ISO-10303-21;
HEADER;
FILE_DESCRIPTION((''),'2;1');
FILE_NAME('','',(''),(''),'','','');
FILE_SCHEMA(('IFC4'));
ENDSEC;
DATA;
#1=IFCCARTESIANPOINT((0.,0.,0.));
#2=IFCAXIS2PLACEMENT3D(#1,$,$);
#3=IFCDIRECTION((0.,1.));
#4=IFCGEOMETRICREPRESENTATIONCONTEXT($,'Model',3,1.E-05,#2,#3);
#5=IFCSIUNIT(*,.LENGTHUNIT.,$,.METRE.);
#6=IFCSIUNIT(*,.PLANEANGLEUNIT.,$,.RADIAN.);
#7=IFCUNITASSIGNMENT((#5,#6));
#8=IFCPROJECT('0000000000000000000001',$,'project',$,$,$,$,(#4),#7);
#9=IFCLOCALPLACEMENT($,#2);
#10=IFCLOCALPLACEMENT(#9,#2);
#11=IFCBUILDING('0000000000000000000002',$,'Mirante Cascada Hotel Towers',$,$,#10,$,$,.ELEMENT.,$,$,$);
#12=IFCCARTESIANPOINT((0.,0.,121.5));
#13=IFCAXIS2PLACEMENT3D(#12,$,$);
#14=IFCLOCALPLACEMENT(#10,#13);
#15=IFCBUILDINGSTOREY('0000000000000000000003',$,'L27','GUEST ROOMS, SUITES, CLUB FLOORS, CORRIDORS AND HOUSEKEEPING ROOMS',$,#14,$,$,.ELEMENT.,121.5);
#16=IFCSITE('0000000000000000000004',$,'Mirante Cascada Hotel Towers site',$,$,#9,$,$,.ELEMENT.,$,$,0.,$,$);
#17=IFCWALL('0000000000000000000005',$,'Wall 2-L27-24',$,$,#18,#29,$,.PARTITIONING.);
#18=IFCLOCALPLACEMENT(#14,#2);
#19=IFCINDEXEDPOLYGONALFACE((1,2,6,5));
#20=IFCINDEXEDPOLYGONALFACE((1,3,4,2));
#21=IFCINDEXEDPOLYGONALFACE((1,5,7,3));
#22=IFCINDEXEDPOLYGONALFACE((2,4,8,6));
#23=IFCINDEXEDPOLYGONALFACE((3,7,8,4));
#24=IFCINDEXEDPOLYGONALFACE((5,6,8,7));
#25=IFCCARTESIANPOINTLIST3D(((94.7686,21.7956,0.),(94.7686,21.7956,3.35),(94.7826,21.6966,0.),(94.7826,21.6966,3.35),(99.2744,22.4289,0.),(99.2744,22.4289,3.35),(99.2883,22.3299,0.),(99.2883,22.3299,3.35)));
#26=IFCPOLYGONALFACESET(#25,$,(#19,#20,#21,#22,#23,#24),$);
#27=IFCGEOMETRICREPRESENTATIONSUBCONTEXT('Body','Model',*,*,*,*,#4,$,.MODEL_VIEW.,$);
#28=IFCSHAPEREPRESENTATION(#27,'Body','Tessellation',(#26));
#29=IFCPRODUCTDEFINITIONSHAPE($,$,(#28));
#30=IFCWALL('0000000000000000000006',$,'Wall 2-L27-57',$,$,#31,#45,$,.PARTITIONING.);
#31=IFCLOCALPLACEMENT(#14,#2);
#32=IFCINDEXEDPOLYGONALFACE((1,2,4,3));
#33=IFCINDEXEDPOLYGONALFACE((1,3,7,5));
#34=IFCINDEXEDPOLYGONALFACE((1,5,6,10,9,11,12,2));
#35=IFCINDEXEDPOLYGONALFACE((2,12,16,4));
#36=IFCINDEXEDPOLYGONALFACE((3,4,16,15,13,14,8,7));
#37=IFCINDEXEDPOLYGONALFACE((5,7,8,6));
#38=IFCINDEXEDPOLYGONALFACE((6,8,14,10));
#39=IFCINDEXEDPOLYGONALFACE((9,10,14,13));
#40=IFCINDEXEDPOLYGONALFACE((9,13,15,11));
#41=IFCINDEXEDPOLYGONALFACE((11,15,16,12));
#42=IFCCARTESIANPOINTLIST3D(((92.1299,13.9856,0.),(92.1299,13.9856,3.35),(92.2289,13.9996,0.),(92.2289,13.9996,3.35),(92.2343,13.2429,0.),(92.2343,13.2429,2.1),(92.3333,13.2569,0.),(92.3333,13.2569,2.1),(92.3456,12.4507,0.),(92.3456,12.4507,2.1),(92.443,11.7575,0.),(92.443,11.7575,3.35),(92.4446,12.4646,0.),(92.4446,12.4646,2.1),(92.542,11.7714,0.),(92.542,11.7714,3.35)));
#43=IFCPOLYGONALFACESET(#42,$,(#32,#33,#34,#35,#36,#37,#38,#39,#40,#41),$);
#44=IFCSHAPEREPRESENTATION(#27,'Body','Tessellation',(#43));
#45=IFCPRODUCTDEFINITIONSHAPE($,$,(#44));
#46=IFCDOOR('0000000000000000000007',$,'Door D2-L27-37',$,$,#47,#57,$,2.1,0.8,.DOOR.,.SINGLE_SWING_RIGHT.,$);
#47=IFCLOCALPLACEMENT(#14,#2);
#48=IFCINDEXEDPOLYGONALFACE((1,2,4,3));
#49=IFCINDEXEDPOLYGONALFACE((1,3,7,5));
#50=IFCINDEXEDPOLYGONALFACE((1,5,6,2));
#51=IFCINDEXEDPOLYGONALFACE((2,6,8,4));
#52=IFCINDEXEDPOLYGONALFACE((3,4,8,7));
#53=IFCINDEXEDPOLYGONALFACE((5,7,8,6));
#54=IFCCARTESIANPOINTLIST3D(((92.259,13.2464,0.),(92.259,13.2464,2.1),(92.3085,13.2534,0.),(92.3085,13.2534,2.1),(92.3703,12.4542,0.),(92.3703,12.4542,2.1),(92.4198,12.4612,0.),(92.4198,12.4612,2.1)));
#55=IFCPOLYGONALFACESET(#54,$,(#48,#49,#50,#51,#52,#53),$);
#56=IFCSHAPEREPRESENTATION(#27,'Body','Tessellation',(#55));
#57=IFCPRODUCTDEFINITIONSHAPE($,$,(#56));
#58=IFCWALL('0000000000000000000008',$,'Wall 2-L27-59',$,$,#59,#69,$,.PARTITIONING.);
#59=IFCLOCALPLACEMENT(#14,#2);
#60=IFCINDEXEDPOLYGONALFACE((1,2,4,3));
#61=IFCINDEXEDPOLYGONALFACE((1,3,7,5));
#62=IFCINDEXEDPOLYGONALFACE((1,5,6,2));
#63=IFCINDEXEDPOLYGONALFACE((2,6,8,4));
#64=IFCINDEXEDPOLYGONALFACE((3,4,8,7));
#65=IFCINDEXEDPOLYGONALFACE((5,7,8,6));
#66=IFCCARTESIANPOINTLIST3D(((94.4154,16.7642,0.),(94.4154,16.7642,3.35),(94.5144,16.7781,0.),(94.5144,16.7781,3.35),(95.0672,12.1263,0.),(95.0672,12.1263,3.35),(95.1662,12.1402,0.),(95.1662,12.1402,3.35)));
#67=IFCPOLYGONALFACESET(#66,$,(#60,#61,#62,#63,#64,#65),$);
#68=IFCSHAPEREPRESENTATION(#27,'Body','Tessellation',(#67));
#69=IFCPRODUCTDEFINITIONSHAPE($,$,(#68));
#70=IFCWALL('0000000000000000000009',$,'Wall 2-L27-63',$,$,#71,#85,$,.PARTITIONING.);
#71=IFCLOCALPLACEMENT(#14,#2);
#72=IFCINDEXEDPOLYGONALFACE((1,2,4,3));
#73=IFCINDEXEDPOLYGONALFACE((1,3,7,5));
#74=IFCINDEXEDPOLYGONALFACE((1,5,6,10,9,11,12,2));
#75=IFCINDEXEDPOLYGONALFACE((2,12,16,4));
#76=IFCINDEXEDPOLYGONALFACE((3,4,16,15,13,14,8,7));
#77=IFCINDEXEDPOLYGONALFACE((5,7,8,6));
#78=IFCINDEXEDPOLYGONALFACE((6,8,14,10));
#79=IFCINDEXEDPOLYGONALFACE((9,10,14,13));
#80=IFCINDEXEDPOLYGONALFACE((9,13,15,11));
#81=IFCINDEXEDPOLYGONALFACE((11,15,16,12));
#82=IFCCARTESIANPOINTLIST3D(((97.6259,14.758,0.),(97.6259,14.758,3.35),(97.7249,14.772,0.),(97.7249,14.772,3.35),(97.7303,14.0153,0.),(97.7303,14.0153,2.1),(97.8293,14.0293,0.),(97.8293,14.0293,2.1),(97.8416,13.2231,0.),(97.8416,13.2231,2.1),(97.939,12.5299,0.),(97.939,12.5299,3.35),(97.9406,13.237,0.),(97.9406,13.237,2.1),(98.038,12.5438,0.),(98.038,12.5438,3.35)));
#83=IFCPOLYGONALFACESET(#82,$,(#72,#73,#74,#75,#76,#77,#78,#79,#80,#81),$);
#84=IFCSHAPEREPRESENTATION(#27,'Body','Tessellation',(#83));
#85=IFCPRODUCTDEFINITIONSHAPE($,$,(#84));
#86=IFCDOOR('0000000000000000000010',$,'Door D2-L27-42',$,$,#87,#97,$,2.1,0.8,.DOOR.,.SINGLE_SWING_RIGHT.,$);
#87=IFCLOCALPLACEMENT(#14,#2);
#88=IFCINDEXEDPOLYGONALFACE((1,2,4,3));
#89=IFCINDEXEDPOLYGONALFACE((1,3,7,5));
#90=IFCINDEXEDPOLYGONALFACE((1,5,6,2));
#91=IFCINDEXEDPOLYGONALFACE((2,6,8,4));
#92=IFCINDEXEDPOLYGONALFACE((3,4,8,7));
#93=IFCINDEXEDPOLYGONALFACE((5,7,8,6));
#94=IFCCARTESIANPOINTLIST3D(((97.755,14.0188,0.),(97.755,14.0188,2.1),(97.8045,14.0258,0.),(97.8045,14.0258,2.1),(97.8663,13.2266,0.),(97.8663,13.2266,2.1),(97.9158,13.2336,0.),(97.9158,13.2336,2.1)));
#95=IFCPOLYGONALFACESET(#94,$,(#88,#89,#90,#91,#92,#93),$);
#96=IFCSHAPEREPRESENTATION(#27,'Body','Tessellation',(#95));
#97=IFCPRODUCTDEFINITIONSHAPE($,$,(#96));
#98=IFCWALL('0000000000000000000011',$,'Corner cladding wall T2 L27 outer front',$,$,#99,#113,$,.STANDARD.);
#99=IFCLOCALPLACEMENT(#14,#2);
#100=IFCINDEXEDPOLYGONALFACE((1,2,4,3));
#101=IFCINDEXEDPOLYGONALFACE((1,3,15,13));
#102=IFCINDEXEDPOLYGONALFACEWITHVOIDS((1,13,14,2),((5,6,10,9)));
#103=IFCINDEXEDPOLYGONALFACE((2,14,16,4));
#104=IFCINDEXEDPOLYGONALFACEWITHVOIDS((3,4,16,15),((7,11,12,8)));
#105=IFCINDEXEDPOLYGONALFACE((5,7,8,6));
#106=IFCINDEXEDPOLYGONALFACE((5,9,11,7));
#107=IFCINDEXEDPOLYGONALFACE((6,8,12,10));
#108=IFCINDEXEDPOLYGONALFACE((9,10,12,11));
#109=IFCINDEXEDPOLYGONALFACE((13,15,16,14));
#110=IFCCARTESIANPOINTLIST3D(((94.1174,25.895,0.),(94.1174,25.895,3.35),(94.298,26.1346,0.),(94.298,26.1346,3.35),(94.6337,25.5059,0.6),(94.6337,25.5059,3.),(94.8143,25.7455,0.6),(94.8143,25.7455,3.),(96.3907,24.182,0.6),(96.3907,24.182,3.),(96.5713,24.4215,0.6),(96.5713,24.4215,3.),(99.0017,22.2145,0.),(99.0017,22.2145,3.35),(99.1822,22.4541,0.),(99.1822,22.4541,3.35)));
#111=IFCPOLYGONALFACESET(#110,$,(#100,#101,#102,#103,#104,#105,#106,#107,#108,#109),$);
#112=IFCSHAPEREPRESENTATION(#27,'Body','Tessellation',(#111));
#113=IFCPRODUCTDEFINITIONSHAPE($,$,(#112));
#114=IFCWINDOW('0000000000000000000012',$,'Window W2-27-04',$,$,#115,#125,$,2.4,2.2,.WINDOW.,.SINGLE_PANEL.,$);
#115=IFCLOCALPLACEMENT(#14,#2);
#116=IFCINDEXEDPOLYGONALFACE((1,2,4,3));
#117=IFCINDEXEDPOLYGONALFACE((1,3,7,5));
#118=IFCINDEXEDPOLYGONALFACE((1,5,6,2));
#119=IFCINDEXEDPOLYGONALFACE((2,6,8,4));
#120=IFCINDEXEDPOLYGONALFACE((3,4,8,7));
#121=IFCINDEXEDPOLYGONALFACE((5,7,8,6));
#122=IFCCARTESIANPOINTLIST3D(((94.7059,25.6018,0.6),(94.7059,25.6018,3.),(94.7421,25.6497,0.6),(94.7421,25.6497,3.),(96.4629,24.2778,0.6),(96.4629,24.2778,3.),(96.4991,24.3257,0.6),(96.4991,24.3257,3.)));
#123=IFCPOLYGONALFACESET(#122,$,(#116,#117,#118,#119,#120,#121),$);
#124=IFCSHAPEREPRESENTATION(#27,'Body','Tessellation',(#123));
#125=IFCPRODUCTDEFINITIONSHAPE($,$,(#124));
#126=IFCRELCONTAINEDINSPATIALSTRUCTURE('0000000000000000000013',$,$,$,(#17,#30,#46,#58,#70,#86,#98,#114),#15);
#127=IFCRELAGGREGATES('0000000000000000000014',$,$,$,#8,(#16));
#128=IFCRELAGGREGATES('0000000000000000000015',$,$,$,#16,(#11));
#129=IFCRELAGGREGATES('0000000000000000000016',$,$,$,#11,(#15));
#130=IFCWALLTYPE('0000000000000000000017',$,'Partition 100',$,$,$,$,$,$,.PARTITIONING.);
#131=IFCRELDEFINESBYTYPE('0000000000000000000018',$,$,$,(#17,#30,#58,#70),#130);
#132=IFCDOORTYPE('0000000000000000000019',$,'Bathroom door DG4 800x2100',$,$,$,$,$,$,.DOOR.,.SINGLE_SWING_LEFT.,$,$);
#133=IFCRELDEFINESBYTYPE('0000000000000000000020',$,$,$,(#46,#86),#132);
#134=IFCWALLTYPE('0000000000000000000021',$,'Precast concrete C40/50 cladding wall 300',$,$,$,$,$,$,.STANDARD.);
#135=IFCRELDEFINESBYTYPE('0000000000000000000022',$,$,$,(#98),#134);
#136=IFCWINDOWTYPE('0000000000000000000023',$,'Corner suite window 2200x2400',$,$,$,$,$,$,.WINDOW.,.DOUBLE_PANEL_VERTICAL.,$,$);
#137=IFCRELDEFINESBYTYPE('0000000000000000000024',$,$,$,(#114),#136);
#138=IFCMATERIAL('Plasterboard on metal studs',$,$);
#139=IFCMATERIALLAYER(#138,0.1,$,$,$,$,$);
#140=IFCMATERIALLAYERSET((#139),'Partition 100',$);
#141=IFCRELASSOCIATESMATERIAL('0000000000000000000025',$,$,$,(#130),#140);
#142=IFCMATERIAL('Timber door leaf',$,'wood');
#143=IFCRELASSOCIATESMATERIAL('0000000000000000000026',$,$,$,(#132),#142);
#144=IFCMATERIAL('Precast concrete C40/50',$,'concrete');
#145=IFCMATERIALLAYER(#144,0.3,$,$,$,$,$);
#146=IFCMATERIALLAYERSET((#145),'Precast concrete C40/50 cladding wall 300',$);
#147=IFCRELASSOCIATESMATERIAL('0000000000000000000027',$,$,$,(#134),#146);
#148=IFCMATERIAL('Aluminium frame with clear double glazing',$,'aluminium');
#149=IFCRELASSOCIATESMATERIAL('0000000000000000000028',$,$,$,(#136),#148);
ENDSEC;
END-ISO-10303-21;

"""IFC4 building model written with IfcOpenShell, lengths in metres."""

from ifc_helpers import new_model, si_unit, direction, frame, frame_2d, origin, place, context, subcontext, project, spatial, rectangle, extrude, material, layer, layer_set, type_object, element, fill, save


model = new_model("IFC4")

# Units and contexts
model_context = context("Model", 3, precision=1e-05, world=origin(), true_north=direction((0.0, 1.0)))
body_context = subcontext(model_context, "Body", "Model", "MODEL_VIEW")
ifc_project = project(units=[si_unit("LENGTHUNIT", "METRE"), si_unit("PLANEANGLEUNIT", "RADIAN")], contexts=[model_context])

# Site, building, storey
site_placement = place(None, origin())
site = spatial("IfcSite", under=ifc_project, at=site_placement, Name="Mirante Cascada Hotel Towers site", CompositionType="ELEMENT", RefElevation=0.0)
building_placement = place(site_placement, origin())
building = spatial("IfcBuilding", under=site, at=building_placement, Name="Mirante Cascada Hotel Towers", CompositionType="ELEMENT")
storey_placement = place(building_placement, frame((0.0, 0.0, 121.5)))
storey = spatial("IfcBuildingStorey", under=building, at=storey_placement, Name="L27", Description="GUEST ROOMS, SUITES, CLUB FLOORS, CORRIDORS AND HOUSEKEEPING ROOMS", CompositionType="ELEMENT", Elevation=121.5)

# Shared definitions
ifc_material_1 = material(Name="Plasterboard on metal studs")
ifc_layer_1 = layer(ifc_material_1, 0.1)
ifc_layer_set_1 = layer_set([ifc_layer_1], Name="Partition 100")
wall_type_1 = type_object("IfcWallType", Name="Partition 100", PredefinedType="PARTITIONING", material=ifc_layer_set_1)

# Wall
wall_1_placement = place(storey_placement, frame((94.7756, 21.7461, 0.0), z_axis=(0.0, 0.0, 1.0), x_axis=(0.990266, 0.139187, 0.0)))
element("IfcWall", 1, at=wall_1_placement, inside=storey, type_object=wall_type_1, Name="Wall 2-L27-24", PredefinedType="PARTITIONING", context=body_context, shape_type="SweptSolid", body=[
    extrude(rectangle(XDim=4.55, YDim=0.1, at=frame_2d((2.275, 0.0))), origin(), (0.0, 0.0, 1.0), 3.35),
])

# Wall, opening, door
wall_2_placement = place(storey_placement, frame((92.1794, 13.9926, 0.0), z_axis=(0.0, 0.0, 1.0), x_axis=(0.139156, -0.990271, 0.0)))
wall_2 = element("IfcWall", 2, at=wall_2_placement, inside=storey, type_object=wall_type_1, Name="Wall 2-L27-57", PredefinedType="PARTITIONING", context=body_context, shape_type="SweptSolid", body=[
    extrude(rectangle(XDim=2.25, YDim=0.1, at=frame_2d((1.125, 0.0))), origin(), (0.0, 0.0, 1.0), 3.35),
])
opening_1_placement = place(wall_2_placement, frame((0.75, 0.0, 0.0)))
opening_1 = element("IfcOpeningElement", 3, at=opening_1_placement, cuts=wall_2, PredefinedType="OPENING", context=body_context, shape_type="SweptSolid", body=[
    extrude(rectangle(XDim=0.8, YDim=2.1, at=frame_2d((0.4, 1.05))), frame((0.0, 0.05, 0.0), z_axis=(0.0, -1.0, 0.0), x_axis=(1.0, 0.0, 0.0)), (0.0, 0.0, 1.0), 0.1),
])
ifc_material_2 = material(Name="Timber door leaf", Category="wood")
door_type_1 = type_object("IfcDoorType", Name="Bathroom door DG4 800x2100", OperationType="SINGLE_SWING_LEFT", PredefinedType="DOOR", material=ifc_material_2)
door_1_placement = place(opening_1_placement, frame((0.8, 0.0, 0.0), z_axis=(0.0, 0.0, 1.0), x_axis=(-1.0, 0.0, 0.0)))
door_1 = element("IfcDoor", 4, at=door_1_placement, inside=storey, type_object=door_type_1, Name="Door D2-L27-37", OperationType="SINGLE_SWING_RIGHT", OverallHeight=2.1, OverallWidth=0.8, PredefinedType="DOOR", context=body_context, shape_type="SweptSolid", body=[
    extrude(rectangle(XDim=0.8, YDim=2.1, at=frame_2d((0.4, 1.05))), frame((0.0, 0.025, 0.0), z_axis=(0.0, -1.0, 0.0), x_axis=(1.0, 0.0, 0.0)), (0.0, 0.0, 1.0), 0.05),
])
fill(opening_1, door_1)

# Wall
wall_3_placement = place(storey_placement, frame((94.4649, 16.7712, 0.0), z_axis=(0.0, 0.0, 1.0), x_axis=(0.13917, -0.990268, 0.0)))
element("IfcWall", 5, at=wall_3_placement, inside=storey, type_object=wall_type_1, Name="Wall 2-L27-59", PredefinedType="PARTITIONING", context=body_context, shape_type="SweptSolid", body=[
    extrude(rectangle(XDim=4.6835, YDim=0.1, at=frame_2d((2.3418, 0.0))), origin(), (0.0, 0.0, 1.0), 3.35),
])

# Wall, opening, door
wall_4_placement = place(storey_placement, frame((97.6754, 14.765, 0.0), z_axis=(0.0, 0.0, 1.0), x_axis=(0.139156, -0.990271, 0.0)))
wall_4 = element("IfcWall", 6, at=wall_4_placement, inside=storey, type_object=wall_type_1, Name="Wall 2-L27-63", PredefinedType="PARTITIONING", context=body_context, shape_type="SweptSolid", body=[
    extrude(rectangle(XDim=2.25, YDim=0.1, at=frame_2d((1.125, 0.0))), origin(), (0.0, 0.0, 1.0), 3.35),
])
opening_2_placement = place(wall_4_placement, frame((0.75, 0.0, 0.0)))
opening_2 = element("IfcOpeningElement", 7, at=opening_2_placement, cuts=wall_4, PredefinedType="OPENING", context=body_context, shape_type="SweptSolid", body=[
    extrude(rectangle(XDim=0.8, YDim=2.1, at=frame_2d((0.4, 1.05))), frame((0.0, 0.05, 0.0), z_axis=(0.0, -1.0, 0.0), x_axis=(1.0, 0.0, 0.0)), (0.0, 0.0, 1.0), 0.1),
])
door_2_placement = place(opening_2_placement, frame((0.8, 0.0, 0.0), z_axis=(0.0, 0.0, 1.0), x_axis=(-1.0, 0.0, 0.0)))
door_2 = element("IfcDoor", 8, at=door_2_placement, inside=storey, type_object=door_type_1, Name="Door D2-L27-42", OperationType="SINGLE_SWING_RIGHT", OverallHeight=2.1, OverallWidth=0.8, PredefinedType="DOOR", context=body_context, shape_type="SweptSolid", body=[
    extrude(rectangle(XDim=0.8, YDim=2.1, at=frame_2d((0.4, 1.05))), frame((0.0, 0.025, 0.0), z_axis=(0.0, -1.0, 0.0), x_axis=(1.0, 0.0, 0.0)), (0.0, 0.0, 1.0), 0.05),
])
fill(opening_2, door_2)

# Wall, opening, window
ifc_material_3 = material(Name="Precast concrete C40/50", Category="concrete")
ifc_layer_2 = layer(ifc_material_3, 0.3)
ifc_layer_set_2 = layer_set([ifc_layer_2], Name="Precast concrete C40/50 cladding wall 300")
wall_type_2 = type_object("IfcWallType", Name="Precast concrete C40/50 cladding wall 300", PredefinedType="STANDARD", material=ifc_layer_set_2)
wall_5_placement = place(storey_placement, frame((99.0919, 22.3343, 0.0), z_axis=(0.0, 0.0, 1.0), x_axis=(-0.798636, 0.601814, 0.0)))
wall_5 = element("IfcWall", 9, at=wall_5_placement, inside=storey, type_object=wall_type_2, Name="Corner cladding wall T2 L27 outer front", PredefinedType="STANDARD", context=body_context, shape_type="SweptSolid", body=[
    extrude(rectangle(XDim=6.1157, YDim=0.3, at=frame_2d((3.0578, 0.0))), origin(), (0.0, 0.0, 1.0), 3.35),
])
opening_3_placement = place(wall_5_placement, frame((3.2692, 0.0, 0.6)))
opening_3 = element("IfcOpeningElement", 10, at=opening_3_placement, cuts=wall_5, PredefinedType="OPENING", context=body_context, shape_type="SweptSolid", body=[
    extrude(rectangle(XDim=2.2, YDim=2.4, at=frame_2d((1.1, 1.2))), frame((0.0, 0.15, 0.0), z_axis=(0.0, -1.0, 0.0), x_axis=(1.0, 0.0, 0.0)), (0.0, 0.0, 1.0), 0.3),
])
ifc_material_4 = material(Name="Aluminium frame with clear double glazing", Category="aluminium")
window_type = type_object("IfcWindowType", Name="Corner suite window 2200x2400", PartitioningType="DOUBLE_PANEL_VERTICAL", PredefinedType="WINDOW", material=ifc_material_4)
window_placement = place(opening_3_placement, origin())
window = element("IfcWindow", 11, at=window_placement, inside=storey, type_object=window_type, Name="Window W2-27-04", OverallHeight=2.4, OverallWidth=2.2, PartitioningType="SINGLE_PANEL", PredefinedType="WINDOW", context=body_context, shape_type="SweptSolid", body=[
    extrude(rectangle(XDim=2.2, YDim=2.4, at=frame_2d((1.1, 1.2))), frame((0.0, 0.03, 0.0), z_axis=(0.0, -1.0, 0.0), x_axis=(1.0, 0.0, 0.0)), (0.0, 0.0, 1.0), 0.06),
])
fill(opening_3, window)

save(model, "model.ifc")
